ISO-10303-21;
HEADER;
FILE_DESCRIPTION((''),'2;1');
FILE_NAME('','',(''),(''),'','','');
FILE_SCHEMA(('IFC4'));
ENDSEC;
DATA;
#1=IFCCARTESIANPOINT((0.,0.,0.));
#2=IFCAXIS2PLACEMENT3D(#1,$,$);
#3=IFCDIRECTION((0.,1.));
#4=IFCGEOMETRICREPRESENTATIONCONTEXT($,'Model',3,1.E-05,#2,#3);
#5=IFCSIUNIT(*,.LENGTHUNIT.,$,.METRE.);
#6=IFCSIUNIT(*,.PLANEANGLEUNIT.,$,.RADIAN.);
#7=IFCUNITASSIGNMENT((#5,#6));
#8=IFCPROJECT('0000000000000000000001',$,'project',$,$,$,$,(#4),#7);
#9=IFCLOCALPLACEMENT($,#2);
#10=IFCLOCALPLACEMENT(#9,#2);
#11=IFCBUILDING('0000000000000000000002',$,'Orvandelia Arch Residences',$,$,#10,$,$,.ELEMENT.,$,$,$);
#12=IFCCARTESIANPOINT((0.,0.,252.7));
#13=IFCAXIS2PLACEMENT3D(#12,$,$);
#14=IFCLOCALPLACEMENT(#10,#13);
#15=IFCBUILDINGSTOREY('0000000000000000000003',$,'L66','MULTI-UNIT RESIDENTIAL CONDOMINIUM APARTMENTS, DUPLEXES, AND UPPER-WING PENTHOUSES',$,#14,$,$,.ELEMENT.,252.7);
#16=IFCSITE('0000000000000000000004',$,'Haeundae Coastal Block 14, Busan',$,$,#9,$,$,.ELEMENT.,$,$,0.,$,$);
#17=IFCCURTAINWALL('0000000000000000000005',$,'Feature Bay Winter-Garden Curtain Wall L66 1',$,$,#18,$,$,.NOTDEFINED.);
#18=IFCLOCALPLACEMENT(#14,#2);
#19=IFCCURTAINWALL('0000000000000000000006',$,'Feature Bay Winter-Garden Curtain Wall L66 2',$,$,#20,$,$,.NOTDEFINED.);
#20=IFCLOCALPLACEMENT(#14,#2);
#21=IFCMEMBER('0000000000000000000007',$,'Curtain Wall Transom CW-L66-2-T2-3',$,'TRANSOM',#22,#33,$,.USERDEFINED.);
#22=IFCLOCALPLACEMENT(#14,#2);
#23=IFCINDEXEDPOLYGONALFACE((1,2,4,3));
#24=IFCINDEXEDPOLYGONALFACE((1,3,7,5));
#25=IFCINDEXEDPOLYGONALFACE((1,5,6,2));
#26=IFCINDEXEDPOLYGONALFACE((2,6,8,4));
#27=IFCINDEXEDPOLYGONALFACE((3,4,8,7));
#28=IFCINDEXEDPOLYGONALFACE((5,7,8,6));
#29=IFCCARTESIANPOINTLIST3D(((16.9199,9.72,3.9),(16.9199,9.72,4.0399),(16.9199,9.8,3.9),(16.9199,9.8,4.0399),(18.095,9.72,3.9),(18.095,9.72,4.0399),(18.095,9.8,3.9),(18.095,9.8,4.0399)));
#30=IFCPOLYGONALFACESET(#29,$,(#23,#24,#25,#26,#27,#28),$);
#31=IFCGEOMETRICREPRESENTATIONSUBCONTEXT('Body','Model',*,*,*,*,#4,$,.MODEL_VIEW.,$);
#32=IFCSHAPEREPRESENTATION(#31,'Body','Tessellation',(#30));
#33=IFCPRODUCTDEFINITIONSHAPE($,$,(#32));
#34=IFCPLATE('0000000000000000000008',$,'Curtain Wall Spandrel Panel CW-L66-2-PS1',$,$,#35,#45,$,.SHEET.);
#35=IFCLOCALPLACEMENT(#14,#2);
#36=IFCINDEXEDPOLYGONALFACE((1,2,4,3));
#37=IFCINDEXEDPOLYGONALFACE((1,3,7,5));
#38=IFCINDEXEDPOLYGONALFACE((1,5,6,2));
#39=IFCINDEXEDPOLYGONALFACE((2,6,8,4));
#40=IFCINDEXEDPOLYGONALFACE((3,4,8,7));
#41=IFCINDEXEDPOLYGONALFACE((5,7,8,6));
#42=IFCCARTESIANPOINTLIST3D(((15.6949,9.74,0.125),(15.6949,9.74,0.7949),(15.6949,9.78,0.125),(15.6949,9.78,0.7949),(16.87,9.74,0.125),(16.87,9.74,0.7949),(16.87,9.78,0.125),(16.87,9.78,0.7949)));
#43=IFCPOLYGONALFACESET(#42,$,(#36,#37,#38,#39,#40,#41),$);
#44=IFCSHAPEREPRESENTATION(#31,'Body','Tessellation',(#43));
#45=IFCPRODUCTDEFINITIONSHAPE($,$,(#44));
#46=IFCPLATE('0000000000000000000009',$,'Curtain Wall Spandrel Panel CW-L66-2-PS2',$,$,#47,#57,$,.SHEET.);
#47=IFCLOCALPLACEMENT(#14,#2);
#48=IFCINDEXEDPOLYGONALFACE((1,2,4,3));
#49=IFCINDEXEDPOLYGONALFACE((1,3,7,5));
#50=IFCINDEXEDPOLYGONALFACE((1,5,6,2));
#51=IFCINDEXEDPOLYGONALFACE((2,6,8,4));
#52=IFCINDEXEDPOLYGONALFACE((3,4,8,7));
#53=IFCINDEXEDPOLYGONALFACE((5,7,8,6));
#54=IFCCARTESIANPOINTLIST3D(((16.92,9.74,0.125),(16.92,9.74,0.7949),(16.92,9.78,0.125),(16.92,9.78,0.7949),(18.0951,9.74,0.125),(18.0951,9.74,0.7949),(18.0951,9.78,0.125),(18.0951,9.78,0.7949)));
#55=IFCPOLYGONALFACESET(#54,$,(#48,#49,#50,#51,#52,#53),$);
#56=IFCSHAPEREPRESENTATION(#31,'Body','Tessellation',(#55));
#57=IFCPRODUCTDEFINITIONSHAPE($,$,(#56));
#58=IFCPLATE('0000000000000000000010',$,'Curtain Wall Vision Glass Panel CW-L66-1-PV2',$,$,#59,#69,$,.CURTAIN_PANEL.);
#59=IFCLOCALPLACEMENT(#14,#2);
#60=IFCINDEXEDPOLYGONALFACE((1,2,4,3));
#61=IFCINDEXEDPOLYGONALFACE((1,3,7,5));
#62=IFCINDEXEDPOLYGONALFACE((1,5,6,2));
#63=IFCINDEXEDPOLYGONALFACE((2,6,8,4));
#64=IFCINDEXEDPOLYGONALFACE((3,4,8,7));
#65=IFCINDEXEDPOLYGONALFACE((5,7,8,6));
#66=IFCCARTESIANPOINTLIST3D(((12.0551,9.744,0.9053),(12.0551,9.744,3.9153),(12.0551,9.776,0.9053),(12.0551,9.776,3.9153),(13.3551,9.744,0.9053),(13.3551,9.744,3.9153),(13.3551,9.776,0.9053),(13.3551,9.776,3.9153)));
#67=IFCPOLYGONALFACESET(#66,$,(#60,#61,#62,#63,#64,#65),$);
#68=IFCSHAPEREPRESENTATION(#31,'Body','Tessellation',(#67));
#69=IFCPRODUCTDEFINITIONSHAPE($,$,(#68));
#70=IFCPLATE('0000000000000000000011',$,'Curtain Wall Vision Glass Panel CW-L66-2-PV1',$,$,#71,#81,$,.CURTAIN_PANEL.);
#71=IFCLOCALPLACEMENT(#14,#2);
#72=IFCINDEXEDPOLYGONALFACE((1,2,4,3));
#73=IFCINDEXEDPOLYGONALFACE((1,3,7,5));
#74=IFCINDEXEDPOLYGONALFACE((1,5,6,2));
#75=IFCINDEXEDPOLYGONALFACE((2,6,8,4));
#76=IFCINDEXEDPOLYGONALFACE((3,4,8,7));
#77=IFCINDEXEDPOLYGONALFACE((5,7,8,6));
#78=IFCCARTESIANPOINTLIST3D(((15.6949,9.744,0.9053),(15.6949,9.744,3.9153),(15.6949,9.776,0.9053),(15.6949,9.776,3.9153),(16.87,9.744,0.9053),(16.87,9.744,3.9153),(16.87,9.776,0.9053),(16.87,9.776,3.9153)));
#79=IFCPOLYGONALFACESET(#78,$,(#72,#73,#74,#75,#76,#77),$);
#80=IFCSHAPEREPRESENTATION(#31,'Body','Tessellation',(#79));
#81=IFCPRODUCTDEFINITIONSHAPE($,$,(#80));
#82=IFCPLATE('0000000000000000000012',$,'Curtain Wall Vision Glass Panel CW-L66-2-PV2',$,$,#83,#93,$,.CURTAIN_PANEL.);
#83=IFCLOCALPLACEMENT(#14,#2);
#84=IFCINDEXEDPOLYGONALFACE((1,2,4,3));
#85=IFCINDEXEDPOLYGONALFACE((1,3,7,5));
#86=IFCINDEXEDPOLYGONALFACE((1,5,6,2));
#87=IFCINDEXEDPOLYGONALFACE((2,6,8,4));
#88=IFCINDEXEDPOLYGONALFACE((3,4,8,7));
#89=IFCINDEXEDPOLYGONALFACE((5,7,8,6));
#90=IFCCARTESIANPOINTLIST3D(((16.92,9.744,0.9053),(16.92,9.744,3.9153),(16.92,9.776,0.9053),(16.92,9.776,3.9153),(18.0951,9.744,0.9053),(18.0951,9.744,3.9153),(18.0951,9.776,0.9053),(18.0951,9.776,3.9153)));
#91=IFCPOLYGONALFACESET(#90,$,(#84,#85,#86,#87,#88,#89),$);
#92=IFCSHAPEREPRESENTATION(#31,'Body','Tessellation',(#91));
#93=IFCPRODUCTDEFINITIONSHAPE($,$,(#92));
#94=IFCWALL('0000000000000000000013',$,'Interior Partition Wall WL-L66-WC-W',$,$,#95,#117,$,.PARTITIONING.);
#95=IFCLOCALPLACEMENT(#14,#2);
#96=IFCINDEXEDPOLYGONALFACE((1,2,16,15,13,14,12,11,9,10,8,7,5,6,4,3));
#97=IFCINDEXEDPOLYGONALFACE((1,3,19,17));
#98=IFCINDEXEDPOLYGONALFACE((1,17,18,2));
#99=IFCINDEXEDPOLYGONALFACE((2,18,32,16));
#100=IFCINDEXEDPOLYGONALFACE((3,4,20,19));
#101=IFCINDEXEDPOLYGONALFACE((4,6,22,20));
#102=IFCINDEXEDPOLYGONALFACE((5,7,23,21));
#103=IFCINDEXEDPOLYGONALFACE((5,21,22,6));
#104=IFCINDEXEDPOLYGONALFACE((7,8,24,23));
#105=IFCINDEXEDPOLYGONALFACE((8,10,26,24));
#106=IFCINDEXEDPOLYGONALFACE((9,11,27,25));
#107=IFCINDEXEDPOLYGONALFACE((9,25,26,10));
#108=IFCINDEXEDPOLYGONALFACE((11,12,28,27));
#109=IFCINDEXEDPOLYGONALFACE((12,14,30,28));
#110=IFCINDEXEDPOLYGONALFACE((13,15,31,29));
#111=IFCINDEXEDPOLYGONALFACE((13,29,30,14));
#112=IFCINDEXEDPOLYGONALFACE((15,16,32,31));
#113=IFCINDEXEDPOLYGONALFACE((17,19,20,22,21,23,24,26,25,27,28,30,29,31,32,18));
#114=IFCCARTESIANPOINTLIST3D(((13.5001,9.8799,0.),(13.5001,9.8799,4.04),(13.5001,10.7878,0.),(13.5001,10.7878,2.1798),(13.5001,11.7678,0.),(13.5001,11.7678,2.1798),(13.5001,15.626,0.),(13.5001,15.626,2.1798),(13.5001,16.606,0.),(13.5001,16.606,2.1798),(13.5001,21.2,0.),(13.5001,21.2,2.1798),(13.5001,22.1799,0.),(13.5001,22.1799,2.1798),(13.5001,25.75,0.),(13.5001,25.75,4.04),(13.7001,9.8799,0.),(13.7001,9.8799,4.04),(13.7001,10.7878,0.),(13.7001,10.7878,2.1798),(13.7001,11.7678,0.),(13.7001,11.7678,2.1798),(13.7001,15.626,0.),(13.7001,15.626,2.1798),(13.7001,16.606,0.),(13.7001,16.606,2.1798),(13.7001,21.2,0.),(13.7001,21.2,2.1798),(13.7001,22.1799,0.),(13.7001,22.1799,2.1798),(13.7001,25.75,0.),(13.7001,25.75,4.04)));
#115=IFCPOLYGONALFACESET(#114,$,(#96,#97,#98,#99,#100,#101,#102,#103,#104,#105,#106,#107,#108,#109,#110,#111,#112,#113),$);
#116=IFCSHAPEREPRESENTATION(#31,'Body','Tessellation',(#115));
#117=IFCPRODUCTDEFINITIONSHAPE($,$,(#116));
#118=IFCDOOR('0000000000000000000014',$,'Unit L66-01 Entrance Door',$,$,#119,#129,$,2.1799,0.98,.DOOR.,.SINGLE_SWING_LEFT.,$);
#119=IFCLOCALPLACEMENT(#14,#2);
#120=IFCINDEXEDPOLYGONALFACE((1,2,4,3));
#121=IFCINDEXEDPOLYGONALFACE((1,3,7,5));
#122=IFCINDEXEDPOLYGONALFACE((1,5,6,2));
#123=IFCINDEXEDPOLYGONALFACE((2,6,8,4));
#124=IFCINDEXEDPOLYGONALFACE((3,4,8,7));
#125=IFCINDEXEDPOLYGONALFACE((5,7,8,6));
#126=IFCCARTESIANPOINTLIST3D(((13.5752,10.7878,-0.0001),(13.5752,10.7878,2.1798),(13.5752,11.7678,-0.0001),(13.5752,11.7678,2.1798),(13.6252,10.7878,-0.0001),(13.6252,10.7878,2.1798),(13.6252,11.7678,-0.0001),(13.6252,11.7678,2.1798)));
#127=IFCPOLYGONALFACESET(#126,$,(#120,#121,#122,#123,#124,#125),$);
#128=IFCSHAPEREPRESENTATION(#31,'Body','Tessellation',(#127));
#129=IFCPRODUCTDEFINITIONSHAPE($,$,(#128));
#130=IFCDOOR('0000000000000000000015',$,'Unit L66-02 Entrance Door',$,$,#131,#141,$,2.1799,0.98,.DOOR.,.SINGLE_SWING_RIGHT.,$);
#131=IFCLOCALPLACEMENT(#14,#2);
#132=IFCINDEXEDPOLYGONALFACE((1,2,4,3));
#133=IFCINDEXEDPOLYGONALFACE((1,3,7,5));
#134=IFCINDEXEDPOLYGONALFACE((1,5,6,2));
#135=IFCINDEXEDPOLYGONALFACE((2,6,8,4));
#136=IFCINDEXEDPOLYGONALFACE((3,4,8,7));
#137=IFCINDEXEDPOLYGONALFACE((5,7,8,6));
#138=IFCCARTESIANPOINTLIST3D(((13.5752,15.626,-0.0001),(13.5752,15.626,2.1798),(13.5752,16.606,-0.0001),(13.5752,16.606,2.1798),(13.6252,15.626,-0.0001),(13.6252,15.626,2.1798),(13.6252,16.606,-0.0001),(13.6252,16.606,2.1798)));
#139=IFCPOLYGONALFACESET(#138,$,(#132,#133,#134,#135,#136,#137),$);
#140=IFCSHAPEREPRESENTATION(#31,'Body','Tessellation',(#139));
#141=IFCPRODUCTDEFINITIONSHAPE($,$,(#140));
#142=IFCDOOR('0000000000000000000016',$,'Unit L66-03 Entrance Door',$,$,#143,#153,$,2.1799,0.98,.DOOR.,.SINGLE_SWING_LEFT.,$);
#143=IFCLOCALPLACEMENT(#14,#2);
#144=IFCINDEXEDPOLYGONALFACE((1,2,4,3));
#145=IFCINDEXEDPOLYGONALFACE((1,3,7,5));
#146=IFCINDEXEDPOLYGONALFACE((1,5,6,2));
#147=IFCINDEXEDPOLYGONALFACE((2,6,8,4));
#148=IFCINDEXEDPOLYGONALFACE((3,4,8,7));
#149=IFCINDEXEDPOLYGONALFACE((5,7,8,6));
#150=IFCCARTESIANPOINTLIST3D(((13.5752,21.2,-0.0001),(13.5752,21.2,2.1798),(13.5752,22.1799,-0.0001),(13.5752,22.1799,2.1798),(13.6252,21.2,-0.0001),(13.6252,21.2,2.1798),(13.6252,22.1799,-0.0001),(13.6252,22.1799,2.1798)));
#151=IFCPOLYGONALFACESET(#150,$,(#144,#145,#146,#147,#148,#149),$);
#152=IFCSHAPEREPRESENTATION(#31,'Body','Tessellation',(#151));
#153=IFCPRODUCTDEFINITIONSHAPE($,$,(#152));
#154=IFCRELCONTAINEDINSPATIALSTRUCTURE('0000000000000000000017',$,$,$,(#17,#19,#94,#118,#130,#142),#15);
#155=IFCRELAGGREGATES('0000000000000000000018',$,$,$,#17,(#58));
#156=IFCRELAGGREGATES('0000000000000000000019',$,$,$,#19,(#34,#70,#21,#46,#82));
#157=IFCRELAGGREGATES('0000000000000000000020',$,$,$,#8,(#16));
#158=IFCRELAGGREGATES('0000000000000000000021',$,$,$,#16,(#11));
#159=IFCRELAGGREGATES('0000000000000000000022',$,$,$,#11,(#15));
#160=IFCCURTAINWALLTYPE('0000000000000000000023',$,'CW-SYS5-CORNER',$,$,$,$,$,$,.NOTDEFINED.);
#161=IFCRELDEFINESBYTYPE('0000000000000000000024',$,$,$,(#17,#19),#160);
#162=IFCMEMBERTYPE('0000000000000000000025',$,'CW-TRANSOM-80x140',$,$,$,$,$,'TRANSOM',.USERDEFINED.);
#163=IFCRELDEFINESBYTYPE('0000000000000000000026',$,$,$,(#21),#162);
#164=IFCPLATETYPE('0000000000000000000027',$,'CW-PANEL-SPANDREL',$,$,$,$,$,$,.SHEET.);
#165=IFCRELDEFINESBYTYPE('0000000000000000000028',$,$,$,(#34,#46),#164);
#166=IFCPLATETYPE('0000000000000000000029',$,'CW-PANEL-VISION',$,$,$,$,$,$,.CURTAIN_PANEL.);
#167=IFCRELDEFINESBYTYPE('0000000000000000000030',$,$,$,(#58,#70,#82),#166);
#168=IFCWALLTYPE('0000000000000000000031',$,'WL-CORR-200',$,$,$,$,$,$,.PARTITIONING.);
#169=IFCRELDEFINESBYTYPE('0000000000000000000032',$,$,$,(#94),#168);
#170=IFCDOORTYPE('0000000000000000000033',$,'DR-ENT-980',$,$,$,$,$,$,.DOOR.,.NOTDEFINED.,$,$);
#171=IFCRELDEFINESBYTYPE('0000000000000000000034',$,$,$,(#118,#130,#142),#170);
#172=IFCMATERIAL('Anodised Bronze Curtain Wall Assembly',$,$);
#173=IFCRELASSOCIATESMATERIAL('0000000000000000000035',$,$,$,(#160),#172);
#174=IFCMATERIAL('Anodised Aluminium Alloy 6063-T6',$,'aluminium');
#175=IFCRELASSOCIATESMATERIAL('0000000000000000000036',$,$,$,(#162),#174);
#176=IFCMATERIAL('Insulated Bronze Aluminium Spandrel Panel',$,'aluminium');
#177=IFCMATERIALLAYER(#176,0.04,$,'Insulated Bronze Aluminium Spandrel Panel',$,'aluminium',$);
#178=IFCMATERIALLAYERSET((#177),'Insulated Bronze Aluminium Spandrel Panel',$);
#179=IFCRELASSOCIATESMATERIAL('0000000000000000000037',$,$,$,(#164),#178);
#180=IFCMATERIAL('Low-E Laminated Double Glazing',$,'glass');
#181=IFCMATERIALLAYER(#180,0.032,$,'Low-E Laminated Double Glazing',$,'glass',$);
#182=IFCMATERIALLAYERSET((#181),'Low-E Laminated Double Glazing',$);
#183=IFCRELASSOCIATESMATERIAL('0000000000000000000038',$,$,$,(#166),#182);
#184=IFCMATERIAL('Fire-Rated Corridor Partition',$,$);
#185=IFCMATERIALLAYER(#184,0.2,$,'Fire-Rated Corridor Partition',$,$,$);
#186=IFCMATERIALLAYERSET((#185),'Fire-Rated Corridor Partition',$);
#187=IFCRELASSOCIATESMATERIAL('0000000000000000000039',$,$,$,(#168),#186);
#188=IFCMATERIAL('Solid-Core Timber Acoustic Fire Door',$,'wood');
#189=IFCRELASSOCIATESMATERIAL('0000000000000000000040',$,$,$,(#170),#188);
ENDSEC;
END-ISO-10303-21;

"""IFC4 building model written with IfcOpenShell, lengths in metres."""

from ifc_helpers import new_model, si_unit, direction, frame, frame_2d, origin, origin_2d, place, context, subcontext, project, spatial, rectangle, extrude, material, layer, layer_set, material_profile, profile_set, type_object, element, fill, aggregate, save


model = new_model("IFC4")

# Units and contexts
model_context = context("Model", 3, precision=1e-05, world=origin(), true_north=direction((0.0, 1.0)))
body_context = subcontext(model_context, "Body", "Model", "MODEL_VIEW")
ifc_project = project(units=[si_unit("LENGTHUNIT", "METRE"), si_unit("PLANEANGLEUNIT", "RADIAN")], contexts=[model_context])

# Site, building, storey
site_placement = place(None, origin())
site = spatial("IfcSite", under=ifc_project, at=site_placement, Name="Haeundae Coastal Block 14, Busan", CompositionType="ELEMENT", RefElevation=0.0)
building_placement = place(site_placement, origin())
building = spatial("IfcBuilding", under=site, at=building_placement, Name="Orvandelia Arch Residences", CompositionType="ELEMENT")
storey_placement = place(building_placement, frame((0.0, 0.0, 252.7)))
storey = spatial("IfcBuildingStorey", under=building, at=storey_placement, Name="L66", Description="MULTI-UNIT RESIDENTIAL CONDOMINIUM APARTMENTS, DUPLEXES, AND UPPER-WING PENTHOUSES", CompositionType="ELEMENT", Elevation=252.7)

# Curtain wall
ifc_material_1 = material(Name="Anodised Bronze Curtain Wall Assembly")
curtain_wall_type = type_object("IfcCurtainWallType", Name="CW-SYS5-CORNER", PredefinedType="NOTDEFINED", material=ifc_material_1)
curtain_wall_1_placement = place(storey_placement, origin())
curtain_wall_1 = element("IfcCurtainWall", 1, at=curtain_wall_1_placement, inside=storey, type_object=curtain_wall_type, Name="Feature Bay Winter-Garden Curtain Wall L66 1", PredefinedType="NOTDEFINED")
ifc_material_2 = material(Name="Anodised Aluminium Alloy 6063-T6", Category="aluminium")

# Curtain wall, member, plates
curtain_wall_2_placement = place(storey_placement, origin())
curtain_wall_2 = element("IfcCurtainWall", 2, at=curtain_wall_2_placement, inside=storey, type_object=curtain_wall_type, Name="Feature Bay Winter-Garden Curtain Wall L66 2", PredefinedType="NOTDEFINED")
ifc_material_profile_1 = material_profile(ifc_material_2, rectangle(XDim=0.0801, YDim=0.1399, at=origin_2d()), Name="Anodised Aluminium Alloy 6063-T6", Category="aluminium")
ifc_profile_set_1 = profile_set([ifc_material_profile_1], Name="Anodised Aluminium Alloy 6063-T6")
member_type_1 = type_object("IfcMemberType", Name="CW-TRANSOM-80x140", ElementType="TRANSOM", PredefinedType="USERDEFINED", material=ifc_profile_set_1)
member_1_placement = place(storey_placement, frame((16.9199, 9.76, 3.97), z_axis=(1.0, 0.0, 0.0), x_axis=(0.0, 1.0, 0.0)))
member_1 = element("IfcMember", 3, at=member_1_placement, type_object=member_type_1, Name="Curtain Wall Transom CW-L66-2-T2-3", ObjectType="TRANSOM", PredefinedType="USERDEFINED", context=body_context, shape_type="SweptSolid", body=[
    extrude(rectangle(XDim=0.0801, YDim=0.1399, at=origin_2d()), origin(), (0.0, 0.0, 1.0), 1.175),
])
ifc_material_3 = material(Name="Insulated Bronze Aluminium Spandrel Panel", Category="aluminium")
ifc_layer_1 = layer(ifc_material_3, 0.04, Name="Insulated Bronze Aluminium Spandrel Panel", Category="aluminium")
ifc_layer_set_1 = layer_set([ifc_layer_1], Name="Insulated Bronze Aluminium Spandrel Panel")
plate_type_1 = type_object("IfcPlateType", Name="CW-PANEL-SPANDREL", PredefinedType="SHEET", material=ifc_layer_set_1)
plate_1_placement = place(storey_placement, frame((16.2825, 9.76, 0.125), z_axis=(0.0, 0.0, 1.0), x_axis=(1.0, 0.0, 0.0)))
plate_1 = element("IfcPlate", 4, at=plate_1_placement, type_object=plate_type_1, Name="Curtain Wall Spandrel Panel CW-L66-2-PS1", PredefinedType="SHEET", context=body_context, shape_type="SweptSolid", body=[
    extrude(rectangle(XDim=1.175, YDim=0.04, at=origin_2d()), origin(), (0.0, 0.0, 1.0), 0.6699),
])
plate_2_placement = place(storey_placement, frame((17.5076, 9.76, 0.125), z_axis=(0.0, 0.0, 1.0), x_axis=(1.0, 0.0, 0.0)))
plate_2 = element("IfcPlate", 5, at=plate_2_placement, type_object=plate_type_1, Name="Curtain Wall Spandrel Panel CW-L66-2-PS2", PredefinedType="SHEET", context=body_context, shape_type="SweptSolid", body=[
    extrude(rectangle(XDim=1.175, YDim=0.04, at=origin_2d()), origin(), (0.0, 0.0, 1.0), 0.6699),
])

# Plates
ifc_material_4 = material(Name="Low-E Laminated Double Glazing", Category="glass")
ifc_layer_2 = layer(ifc_material_4, 0.032, Name="Low-E Laminated Double Glazing", Category="glass")
ifc_layer_set_2 = layer_set([ifc_layer_2], Name="Low-E Laminated Double Glazing")
plate_type_2 = type_object("IfcPlateType", Name="CW-PANEL-VISION", PredefinedType="CURTAIN_PANEL", material=ifc_layer_set_2)
plate_3_placement = place(storey_placement, frame((12.7051, 9.76, 0.9053), z_axis=(0.0, 0.0, 1.0), x_axis=(1.0, 0.0, 0.0)))
plate_3 = element("IfcPlate", 6, at=plate_3_placement, type_object=plate_type_2, Name="Curtain Wall Vision Glass Panel CW-L66-1-PV2", PredefinedType="CURTAIN_PANEL", context=body_context, shape_type="SweptSolid", body=[
    extrude(rectangle(XDim=1.3, YDim=0.032, at=origin_2d()), origin(), (0.0, 0.0, 1.0), 3.01),
])
aggregate(curtain_wall_1, [plate_3])
plate_4_placement = place(storey_placement, frame((16.2825, 9.76, 0.9053), z_axis=(0.0, 0.0, 1.0), x_axis=(1.0, 0.0, 0.0)))
plate_4 = element("IfcPlate", 7, at=plate_4_placement, type_object=plate_type_2, Name="Curtain Wall Vision Glass Panel CW-L66-2-PV1", PredefinedType="CURTAIN_PANEL", context=body_context, shape_type="SweptSolid", body=[
    extrude(rectangle(XDim=1.175, YDim=0.032, at=origin_2d()), origin(), (0.0, 0.0, 1.0), 3.01),
])
plate_5_placement = place(storey_placement, frame((17.5076, 9.76, 0.9053), z_axis=(0.0, 0.0, 1.0), x_axis=(1.0, 0.0, 0.0)))
plate_5 = element("IfcPlate", 8, at=plate_5_placement, type_object=plate_type_2, Name="Curtain Wall Vision Glass Panel CW-L66-2-PV2", PredefinedType="CURTAIN_PANEL", context=body_context, shape_type="SweptSolid", body=[
    extrude(rectangle(XDim=1.175, YDim=0.032, at=origin_2d()), origin(), (0.0, 0.0, 1.0), 3.01),
])
aggregate(curtain_wall_2, [plate_1, plate_4, member_1, plate_2, plate_5])

# Wall, openings, doors
ifc_material_5 = material(Name="Fire-Rated Corridor Partition")
ifc_layer_3 = layer(ifc_material_5, 0.2, Name="Fire-Rated Corridor Partition")
ifc_layer_set_3 = layer_set([ifc_layer_3], Name="Fire-Rated Corridor Partition")
wall_type_1 = type_object("IfcWallType", Name="WL-CORR-200", PredefinedType="PARTITIONING", material=ifc_layer_set_3)
wall_1_placement = place(storey_placement, frame((13.6001, 9.8799, 0.0), z_axis=(0.0, 0.0, 1.0), x_axis=(0.0, 1.0, 0.0)))
wall_1 = element("IfcWall", 9, at=wall_1_placement, inside=storey, type_object=wall_type_1, Name="Interior Partition Wall WL-L66-WC-W", PredefinedType="PARTITIONING", context=body_context, shape_type="SweptSolid", body=[
    extrude(rectangle(XDim=15.8701, YDim=0.2, at=frame_2d((7.9351, 0.0))), origin(), (0.0, 0.0, 1.0), 4.04),
])
opening_1_placement = place(wall_1_placement, frame((0.908, 0.0, 0.0)))
opening_1 = element("IfcOpeningElement", 10, at=opening_1_placement, cuts=wall_1, PredefinedType="OPENING", context=body_context, shape_type="SweptSolid", body=[
    extrude(rectangle(XDim=0.98, YDim=2.1799, at=frame_2d((0.49, 1.0898))), frame((0.0, 0.1099, 0.0), z_axis=(0.0, -1.0, 0.0), x_axis=(1.0, 0.0, 0.0)), (0.0, 0.0, 1.0), 0.22),
])
opening_2_placement = place(wall_1_placement, frame((5.7461, 0.0, 0.0)))
opening_2 = element("IfcOpeningElement", 11, at=opening_2_placement, cuts=wall_1, PredefinedType="OPENING", context=body_context, shape_type="SweptSolid", body=[
    extrude(rectangle(XDim=0.98, YDim=2.1799, at=frame_2d((0.49, 1.0898))), frame((0.0, 0.1099, 0.0), z_axis=(0.0, -1.0, 0.0), x_axis=(1.0, 0.0, 0.0)), (0.0, 0.0, 1.0), 0.22),
])
opening_3_placement = place(wall_1_placement, frame((11.3201, 0.0, 0.0)))
opening_3 = element("IfcOpeningElement", 12, at=opening_3_placement, cuts=wall_1, PredefinedType="OPENING", context=body_context, shape_type="SweptSolid", body=[
    extrude(rectangle(XDim=0.98, YDim=2.1799, at=frame_2d((0.49, 1.0898))), frame((0.0, 0.1099, 0.0), z_axis=(0.0, -1.0, 0.0), x_axis=(1.0, 0.0, 0.0)), (0.0, 0.0, 1.0), 0.22),
])
ifc_material_6 = material(Name="Solid-Core Timber Acoustic Fire Door", Category="wood")
door_type = type_object("IfcDoorType", Name="DR-ENT-980", OperationType="NOTDEFINED", PredefinedType="DOOR", material=ifc_material_6)
door_1_placement = place(opening_1_placement, origin())
door_1 = element("IfcDoor", 13, at=door_1_placement, inside=storey, type_object=door_type, Name="Unit L66-01 Entrance Door", OperationType="SINGLE_SWING_LEFT", OverallHeight=2.1799, OverallWidth=0.98, PredefinedType="DOOR", context=body_context, shape_type="SweptSolid", body=[
    extrude(rectangle(XDim=0.98, YDim=2.1799, at=frame_2d((0.49, 1.0898))), frame((0.0, 0.0249, 0.0), z_axis=(0.0, -1.0, 0.0), x_axis=(1.0, 0.0, 0.0)), (0.0, 0.0, 1.0), 0.05),
])
fill(opening_1, door_1)
door_2_placement = place(opening_2_placement, origin())
door_2 = element("IfcDoor", 14, at=door_2_placement, inside=storey, type_object=door_type, Name="Unit L66-02 Entrance Door", OperationType="SINGLE_SWING_RIGHT", OverallHeight=2.1799, OverallWidth=0.98, PredefinedType="DOOR", context=body_context, shape_type="SweptSolid", body=[
    extrude(rectangle(XDim=0.98, YDim=2.1799, at=frame_2d((0.49, 1.0898))), frame((0.0, 0.0249, 0.0), z_axis=(0.0, -1.0, 0.0), x_axis=(1.0, 0.0, 0.0)), (0.0, 0.0, 1.0), 0.05),
])
fill(opening_2, door_2)
door_3_placement = place(opening_3_placement, origin())
door_3 = element("IfcDoor", 15, at=door_3_placement, inside=storey, type_object=door_type, Name="Unit L66-03 Entrance Door", OperationType="SINGLE_SWING_LEFT", OverallHeight=2.1799, OverallWidth=0.98, PredefinedType="DOOR", context=body_context, shape_type="SweptSolid", body=[
    extrude(rectangle(XDim=0.98, YDim=2.1799, at=frame_2d((0.49, 1.0898))), frame((0.0, 0.0249, 0.0), z_axis=(0.0, -1.0, 0.0), x_axis=(1.0, 0.0, 0.0)), (0.0, 0.0, 1.0), 0.05),
])
fill(opening_3, door_3)

save(model, "model.ifc")
